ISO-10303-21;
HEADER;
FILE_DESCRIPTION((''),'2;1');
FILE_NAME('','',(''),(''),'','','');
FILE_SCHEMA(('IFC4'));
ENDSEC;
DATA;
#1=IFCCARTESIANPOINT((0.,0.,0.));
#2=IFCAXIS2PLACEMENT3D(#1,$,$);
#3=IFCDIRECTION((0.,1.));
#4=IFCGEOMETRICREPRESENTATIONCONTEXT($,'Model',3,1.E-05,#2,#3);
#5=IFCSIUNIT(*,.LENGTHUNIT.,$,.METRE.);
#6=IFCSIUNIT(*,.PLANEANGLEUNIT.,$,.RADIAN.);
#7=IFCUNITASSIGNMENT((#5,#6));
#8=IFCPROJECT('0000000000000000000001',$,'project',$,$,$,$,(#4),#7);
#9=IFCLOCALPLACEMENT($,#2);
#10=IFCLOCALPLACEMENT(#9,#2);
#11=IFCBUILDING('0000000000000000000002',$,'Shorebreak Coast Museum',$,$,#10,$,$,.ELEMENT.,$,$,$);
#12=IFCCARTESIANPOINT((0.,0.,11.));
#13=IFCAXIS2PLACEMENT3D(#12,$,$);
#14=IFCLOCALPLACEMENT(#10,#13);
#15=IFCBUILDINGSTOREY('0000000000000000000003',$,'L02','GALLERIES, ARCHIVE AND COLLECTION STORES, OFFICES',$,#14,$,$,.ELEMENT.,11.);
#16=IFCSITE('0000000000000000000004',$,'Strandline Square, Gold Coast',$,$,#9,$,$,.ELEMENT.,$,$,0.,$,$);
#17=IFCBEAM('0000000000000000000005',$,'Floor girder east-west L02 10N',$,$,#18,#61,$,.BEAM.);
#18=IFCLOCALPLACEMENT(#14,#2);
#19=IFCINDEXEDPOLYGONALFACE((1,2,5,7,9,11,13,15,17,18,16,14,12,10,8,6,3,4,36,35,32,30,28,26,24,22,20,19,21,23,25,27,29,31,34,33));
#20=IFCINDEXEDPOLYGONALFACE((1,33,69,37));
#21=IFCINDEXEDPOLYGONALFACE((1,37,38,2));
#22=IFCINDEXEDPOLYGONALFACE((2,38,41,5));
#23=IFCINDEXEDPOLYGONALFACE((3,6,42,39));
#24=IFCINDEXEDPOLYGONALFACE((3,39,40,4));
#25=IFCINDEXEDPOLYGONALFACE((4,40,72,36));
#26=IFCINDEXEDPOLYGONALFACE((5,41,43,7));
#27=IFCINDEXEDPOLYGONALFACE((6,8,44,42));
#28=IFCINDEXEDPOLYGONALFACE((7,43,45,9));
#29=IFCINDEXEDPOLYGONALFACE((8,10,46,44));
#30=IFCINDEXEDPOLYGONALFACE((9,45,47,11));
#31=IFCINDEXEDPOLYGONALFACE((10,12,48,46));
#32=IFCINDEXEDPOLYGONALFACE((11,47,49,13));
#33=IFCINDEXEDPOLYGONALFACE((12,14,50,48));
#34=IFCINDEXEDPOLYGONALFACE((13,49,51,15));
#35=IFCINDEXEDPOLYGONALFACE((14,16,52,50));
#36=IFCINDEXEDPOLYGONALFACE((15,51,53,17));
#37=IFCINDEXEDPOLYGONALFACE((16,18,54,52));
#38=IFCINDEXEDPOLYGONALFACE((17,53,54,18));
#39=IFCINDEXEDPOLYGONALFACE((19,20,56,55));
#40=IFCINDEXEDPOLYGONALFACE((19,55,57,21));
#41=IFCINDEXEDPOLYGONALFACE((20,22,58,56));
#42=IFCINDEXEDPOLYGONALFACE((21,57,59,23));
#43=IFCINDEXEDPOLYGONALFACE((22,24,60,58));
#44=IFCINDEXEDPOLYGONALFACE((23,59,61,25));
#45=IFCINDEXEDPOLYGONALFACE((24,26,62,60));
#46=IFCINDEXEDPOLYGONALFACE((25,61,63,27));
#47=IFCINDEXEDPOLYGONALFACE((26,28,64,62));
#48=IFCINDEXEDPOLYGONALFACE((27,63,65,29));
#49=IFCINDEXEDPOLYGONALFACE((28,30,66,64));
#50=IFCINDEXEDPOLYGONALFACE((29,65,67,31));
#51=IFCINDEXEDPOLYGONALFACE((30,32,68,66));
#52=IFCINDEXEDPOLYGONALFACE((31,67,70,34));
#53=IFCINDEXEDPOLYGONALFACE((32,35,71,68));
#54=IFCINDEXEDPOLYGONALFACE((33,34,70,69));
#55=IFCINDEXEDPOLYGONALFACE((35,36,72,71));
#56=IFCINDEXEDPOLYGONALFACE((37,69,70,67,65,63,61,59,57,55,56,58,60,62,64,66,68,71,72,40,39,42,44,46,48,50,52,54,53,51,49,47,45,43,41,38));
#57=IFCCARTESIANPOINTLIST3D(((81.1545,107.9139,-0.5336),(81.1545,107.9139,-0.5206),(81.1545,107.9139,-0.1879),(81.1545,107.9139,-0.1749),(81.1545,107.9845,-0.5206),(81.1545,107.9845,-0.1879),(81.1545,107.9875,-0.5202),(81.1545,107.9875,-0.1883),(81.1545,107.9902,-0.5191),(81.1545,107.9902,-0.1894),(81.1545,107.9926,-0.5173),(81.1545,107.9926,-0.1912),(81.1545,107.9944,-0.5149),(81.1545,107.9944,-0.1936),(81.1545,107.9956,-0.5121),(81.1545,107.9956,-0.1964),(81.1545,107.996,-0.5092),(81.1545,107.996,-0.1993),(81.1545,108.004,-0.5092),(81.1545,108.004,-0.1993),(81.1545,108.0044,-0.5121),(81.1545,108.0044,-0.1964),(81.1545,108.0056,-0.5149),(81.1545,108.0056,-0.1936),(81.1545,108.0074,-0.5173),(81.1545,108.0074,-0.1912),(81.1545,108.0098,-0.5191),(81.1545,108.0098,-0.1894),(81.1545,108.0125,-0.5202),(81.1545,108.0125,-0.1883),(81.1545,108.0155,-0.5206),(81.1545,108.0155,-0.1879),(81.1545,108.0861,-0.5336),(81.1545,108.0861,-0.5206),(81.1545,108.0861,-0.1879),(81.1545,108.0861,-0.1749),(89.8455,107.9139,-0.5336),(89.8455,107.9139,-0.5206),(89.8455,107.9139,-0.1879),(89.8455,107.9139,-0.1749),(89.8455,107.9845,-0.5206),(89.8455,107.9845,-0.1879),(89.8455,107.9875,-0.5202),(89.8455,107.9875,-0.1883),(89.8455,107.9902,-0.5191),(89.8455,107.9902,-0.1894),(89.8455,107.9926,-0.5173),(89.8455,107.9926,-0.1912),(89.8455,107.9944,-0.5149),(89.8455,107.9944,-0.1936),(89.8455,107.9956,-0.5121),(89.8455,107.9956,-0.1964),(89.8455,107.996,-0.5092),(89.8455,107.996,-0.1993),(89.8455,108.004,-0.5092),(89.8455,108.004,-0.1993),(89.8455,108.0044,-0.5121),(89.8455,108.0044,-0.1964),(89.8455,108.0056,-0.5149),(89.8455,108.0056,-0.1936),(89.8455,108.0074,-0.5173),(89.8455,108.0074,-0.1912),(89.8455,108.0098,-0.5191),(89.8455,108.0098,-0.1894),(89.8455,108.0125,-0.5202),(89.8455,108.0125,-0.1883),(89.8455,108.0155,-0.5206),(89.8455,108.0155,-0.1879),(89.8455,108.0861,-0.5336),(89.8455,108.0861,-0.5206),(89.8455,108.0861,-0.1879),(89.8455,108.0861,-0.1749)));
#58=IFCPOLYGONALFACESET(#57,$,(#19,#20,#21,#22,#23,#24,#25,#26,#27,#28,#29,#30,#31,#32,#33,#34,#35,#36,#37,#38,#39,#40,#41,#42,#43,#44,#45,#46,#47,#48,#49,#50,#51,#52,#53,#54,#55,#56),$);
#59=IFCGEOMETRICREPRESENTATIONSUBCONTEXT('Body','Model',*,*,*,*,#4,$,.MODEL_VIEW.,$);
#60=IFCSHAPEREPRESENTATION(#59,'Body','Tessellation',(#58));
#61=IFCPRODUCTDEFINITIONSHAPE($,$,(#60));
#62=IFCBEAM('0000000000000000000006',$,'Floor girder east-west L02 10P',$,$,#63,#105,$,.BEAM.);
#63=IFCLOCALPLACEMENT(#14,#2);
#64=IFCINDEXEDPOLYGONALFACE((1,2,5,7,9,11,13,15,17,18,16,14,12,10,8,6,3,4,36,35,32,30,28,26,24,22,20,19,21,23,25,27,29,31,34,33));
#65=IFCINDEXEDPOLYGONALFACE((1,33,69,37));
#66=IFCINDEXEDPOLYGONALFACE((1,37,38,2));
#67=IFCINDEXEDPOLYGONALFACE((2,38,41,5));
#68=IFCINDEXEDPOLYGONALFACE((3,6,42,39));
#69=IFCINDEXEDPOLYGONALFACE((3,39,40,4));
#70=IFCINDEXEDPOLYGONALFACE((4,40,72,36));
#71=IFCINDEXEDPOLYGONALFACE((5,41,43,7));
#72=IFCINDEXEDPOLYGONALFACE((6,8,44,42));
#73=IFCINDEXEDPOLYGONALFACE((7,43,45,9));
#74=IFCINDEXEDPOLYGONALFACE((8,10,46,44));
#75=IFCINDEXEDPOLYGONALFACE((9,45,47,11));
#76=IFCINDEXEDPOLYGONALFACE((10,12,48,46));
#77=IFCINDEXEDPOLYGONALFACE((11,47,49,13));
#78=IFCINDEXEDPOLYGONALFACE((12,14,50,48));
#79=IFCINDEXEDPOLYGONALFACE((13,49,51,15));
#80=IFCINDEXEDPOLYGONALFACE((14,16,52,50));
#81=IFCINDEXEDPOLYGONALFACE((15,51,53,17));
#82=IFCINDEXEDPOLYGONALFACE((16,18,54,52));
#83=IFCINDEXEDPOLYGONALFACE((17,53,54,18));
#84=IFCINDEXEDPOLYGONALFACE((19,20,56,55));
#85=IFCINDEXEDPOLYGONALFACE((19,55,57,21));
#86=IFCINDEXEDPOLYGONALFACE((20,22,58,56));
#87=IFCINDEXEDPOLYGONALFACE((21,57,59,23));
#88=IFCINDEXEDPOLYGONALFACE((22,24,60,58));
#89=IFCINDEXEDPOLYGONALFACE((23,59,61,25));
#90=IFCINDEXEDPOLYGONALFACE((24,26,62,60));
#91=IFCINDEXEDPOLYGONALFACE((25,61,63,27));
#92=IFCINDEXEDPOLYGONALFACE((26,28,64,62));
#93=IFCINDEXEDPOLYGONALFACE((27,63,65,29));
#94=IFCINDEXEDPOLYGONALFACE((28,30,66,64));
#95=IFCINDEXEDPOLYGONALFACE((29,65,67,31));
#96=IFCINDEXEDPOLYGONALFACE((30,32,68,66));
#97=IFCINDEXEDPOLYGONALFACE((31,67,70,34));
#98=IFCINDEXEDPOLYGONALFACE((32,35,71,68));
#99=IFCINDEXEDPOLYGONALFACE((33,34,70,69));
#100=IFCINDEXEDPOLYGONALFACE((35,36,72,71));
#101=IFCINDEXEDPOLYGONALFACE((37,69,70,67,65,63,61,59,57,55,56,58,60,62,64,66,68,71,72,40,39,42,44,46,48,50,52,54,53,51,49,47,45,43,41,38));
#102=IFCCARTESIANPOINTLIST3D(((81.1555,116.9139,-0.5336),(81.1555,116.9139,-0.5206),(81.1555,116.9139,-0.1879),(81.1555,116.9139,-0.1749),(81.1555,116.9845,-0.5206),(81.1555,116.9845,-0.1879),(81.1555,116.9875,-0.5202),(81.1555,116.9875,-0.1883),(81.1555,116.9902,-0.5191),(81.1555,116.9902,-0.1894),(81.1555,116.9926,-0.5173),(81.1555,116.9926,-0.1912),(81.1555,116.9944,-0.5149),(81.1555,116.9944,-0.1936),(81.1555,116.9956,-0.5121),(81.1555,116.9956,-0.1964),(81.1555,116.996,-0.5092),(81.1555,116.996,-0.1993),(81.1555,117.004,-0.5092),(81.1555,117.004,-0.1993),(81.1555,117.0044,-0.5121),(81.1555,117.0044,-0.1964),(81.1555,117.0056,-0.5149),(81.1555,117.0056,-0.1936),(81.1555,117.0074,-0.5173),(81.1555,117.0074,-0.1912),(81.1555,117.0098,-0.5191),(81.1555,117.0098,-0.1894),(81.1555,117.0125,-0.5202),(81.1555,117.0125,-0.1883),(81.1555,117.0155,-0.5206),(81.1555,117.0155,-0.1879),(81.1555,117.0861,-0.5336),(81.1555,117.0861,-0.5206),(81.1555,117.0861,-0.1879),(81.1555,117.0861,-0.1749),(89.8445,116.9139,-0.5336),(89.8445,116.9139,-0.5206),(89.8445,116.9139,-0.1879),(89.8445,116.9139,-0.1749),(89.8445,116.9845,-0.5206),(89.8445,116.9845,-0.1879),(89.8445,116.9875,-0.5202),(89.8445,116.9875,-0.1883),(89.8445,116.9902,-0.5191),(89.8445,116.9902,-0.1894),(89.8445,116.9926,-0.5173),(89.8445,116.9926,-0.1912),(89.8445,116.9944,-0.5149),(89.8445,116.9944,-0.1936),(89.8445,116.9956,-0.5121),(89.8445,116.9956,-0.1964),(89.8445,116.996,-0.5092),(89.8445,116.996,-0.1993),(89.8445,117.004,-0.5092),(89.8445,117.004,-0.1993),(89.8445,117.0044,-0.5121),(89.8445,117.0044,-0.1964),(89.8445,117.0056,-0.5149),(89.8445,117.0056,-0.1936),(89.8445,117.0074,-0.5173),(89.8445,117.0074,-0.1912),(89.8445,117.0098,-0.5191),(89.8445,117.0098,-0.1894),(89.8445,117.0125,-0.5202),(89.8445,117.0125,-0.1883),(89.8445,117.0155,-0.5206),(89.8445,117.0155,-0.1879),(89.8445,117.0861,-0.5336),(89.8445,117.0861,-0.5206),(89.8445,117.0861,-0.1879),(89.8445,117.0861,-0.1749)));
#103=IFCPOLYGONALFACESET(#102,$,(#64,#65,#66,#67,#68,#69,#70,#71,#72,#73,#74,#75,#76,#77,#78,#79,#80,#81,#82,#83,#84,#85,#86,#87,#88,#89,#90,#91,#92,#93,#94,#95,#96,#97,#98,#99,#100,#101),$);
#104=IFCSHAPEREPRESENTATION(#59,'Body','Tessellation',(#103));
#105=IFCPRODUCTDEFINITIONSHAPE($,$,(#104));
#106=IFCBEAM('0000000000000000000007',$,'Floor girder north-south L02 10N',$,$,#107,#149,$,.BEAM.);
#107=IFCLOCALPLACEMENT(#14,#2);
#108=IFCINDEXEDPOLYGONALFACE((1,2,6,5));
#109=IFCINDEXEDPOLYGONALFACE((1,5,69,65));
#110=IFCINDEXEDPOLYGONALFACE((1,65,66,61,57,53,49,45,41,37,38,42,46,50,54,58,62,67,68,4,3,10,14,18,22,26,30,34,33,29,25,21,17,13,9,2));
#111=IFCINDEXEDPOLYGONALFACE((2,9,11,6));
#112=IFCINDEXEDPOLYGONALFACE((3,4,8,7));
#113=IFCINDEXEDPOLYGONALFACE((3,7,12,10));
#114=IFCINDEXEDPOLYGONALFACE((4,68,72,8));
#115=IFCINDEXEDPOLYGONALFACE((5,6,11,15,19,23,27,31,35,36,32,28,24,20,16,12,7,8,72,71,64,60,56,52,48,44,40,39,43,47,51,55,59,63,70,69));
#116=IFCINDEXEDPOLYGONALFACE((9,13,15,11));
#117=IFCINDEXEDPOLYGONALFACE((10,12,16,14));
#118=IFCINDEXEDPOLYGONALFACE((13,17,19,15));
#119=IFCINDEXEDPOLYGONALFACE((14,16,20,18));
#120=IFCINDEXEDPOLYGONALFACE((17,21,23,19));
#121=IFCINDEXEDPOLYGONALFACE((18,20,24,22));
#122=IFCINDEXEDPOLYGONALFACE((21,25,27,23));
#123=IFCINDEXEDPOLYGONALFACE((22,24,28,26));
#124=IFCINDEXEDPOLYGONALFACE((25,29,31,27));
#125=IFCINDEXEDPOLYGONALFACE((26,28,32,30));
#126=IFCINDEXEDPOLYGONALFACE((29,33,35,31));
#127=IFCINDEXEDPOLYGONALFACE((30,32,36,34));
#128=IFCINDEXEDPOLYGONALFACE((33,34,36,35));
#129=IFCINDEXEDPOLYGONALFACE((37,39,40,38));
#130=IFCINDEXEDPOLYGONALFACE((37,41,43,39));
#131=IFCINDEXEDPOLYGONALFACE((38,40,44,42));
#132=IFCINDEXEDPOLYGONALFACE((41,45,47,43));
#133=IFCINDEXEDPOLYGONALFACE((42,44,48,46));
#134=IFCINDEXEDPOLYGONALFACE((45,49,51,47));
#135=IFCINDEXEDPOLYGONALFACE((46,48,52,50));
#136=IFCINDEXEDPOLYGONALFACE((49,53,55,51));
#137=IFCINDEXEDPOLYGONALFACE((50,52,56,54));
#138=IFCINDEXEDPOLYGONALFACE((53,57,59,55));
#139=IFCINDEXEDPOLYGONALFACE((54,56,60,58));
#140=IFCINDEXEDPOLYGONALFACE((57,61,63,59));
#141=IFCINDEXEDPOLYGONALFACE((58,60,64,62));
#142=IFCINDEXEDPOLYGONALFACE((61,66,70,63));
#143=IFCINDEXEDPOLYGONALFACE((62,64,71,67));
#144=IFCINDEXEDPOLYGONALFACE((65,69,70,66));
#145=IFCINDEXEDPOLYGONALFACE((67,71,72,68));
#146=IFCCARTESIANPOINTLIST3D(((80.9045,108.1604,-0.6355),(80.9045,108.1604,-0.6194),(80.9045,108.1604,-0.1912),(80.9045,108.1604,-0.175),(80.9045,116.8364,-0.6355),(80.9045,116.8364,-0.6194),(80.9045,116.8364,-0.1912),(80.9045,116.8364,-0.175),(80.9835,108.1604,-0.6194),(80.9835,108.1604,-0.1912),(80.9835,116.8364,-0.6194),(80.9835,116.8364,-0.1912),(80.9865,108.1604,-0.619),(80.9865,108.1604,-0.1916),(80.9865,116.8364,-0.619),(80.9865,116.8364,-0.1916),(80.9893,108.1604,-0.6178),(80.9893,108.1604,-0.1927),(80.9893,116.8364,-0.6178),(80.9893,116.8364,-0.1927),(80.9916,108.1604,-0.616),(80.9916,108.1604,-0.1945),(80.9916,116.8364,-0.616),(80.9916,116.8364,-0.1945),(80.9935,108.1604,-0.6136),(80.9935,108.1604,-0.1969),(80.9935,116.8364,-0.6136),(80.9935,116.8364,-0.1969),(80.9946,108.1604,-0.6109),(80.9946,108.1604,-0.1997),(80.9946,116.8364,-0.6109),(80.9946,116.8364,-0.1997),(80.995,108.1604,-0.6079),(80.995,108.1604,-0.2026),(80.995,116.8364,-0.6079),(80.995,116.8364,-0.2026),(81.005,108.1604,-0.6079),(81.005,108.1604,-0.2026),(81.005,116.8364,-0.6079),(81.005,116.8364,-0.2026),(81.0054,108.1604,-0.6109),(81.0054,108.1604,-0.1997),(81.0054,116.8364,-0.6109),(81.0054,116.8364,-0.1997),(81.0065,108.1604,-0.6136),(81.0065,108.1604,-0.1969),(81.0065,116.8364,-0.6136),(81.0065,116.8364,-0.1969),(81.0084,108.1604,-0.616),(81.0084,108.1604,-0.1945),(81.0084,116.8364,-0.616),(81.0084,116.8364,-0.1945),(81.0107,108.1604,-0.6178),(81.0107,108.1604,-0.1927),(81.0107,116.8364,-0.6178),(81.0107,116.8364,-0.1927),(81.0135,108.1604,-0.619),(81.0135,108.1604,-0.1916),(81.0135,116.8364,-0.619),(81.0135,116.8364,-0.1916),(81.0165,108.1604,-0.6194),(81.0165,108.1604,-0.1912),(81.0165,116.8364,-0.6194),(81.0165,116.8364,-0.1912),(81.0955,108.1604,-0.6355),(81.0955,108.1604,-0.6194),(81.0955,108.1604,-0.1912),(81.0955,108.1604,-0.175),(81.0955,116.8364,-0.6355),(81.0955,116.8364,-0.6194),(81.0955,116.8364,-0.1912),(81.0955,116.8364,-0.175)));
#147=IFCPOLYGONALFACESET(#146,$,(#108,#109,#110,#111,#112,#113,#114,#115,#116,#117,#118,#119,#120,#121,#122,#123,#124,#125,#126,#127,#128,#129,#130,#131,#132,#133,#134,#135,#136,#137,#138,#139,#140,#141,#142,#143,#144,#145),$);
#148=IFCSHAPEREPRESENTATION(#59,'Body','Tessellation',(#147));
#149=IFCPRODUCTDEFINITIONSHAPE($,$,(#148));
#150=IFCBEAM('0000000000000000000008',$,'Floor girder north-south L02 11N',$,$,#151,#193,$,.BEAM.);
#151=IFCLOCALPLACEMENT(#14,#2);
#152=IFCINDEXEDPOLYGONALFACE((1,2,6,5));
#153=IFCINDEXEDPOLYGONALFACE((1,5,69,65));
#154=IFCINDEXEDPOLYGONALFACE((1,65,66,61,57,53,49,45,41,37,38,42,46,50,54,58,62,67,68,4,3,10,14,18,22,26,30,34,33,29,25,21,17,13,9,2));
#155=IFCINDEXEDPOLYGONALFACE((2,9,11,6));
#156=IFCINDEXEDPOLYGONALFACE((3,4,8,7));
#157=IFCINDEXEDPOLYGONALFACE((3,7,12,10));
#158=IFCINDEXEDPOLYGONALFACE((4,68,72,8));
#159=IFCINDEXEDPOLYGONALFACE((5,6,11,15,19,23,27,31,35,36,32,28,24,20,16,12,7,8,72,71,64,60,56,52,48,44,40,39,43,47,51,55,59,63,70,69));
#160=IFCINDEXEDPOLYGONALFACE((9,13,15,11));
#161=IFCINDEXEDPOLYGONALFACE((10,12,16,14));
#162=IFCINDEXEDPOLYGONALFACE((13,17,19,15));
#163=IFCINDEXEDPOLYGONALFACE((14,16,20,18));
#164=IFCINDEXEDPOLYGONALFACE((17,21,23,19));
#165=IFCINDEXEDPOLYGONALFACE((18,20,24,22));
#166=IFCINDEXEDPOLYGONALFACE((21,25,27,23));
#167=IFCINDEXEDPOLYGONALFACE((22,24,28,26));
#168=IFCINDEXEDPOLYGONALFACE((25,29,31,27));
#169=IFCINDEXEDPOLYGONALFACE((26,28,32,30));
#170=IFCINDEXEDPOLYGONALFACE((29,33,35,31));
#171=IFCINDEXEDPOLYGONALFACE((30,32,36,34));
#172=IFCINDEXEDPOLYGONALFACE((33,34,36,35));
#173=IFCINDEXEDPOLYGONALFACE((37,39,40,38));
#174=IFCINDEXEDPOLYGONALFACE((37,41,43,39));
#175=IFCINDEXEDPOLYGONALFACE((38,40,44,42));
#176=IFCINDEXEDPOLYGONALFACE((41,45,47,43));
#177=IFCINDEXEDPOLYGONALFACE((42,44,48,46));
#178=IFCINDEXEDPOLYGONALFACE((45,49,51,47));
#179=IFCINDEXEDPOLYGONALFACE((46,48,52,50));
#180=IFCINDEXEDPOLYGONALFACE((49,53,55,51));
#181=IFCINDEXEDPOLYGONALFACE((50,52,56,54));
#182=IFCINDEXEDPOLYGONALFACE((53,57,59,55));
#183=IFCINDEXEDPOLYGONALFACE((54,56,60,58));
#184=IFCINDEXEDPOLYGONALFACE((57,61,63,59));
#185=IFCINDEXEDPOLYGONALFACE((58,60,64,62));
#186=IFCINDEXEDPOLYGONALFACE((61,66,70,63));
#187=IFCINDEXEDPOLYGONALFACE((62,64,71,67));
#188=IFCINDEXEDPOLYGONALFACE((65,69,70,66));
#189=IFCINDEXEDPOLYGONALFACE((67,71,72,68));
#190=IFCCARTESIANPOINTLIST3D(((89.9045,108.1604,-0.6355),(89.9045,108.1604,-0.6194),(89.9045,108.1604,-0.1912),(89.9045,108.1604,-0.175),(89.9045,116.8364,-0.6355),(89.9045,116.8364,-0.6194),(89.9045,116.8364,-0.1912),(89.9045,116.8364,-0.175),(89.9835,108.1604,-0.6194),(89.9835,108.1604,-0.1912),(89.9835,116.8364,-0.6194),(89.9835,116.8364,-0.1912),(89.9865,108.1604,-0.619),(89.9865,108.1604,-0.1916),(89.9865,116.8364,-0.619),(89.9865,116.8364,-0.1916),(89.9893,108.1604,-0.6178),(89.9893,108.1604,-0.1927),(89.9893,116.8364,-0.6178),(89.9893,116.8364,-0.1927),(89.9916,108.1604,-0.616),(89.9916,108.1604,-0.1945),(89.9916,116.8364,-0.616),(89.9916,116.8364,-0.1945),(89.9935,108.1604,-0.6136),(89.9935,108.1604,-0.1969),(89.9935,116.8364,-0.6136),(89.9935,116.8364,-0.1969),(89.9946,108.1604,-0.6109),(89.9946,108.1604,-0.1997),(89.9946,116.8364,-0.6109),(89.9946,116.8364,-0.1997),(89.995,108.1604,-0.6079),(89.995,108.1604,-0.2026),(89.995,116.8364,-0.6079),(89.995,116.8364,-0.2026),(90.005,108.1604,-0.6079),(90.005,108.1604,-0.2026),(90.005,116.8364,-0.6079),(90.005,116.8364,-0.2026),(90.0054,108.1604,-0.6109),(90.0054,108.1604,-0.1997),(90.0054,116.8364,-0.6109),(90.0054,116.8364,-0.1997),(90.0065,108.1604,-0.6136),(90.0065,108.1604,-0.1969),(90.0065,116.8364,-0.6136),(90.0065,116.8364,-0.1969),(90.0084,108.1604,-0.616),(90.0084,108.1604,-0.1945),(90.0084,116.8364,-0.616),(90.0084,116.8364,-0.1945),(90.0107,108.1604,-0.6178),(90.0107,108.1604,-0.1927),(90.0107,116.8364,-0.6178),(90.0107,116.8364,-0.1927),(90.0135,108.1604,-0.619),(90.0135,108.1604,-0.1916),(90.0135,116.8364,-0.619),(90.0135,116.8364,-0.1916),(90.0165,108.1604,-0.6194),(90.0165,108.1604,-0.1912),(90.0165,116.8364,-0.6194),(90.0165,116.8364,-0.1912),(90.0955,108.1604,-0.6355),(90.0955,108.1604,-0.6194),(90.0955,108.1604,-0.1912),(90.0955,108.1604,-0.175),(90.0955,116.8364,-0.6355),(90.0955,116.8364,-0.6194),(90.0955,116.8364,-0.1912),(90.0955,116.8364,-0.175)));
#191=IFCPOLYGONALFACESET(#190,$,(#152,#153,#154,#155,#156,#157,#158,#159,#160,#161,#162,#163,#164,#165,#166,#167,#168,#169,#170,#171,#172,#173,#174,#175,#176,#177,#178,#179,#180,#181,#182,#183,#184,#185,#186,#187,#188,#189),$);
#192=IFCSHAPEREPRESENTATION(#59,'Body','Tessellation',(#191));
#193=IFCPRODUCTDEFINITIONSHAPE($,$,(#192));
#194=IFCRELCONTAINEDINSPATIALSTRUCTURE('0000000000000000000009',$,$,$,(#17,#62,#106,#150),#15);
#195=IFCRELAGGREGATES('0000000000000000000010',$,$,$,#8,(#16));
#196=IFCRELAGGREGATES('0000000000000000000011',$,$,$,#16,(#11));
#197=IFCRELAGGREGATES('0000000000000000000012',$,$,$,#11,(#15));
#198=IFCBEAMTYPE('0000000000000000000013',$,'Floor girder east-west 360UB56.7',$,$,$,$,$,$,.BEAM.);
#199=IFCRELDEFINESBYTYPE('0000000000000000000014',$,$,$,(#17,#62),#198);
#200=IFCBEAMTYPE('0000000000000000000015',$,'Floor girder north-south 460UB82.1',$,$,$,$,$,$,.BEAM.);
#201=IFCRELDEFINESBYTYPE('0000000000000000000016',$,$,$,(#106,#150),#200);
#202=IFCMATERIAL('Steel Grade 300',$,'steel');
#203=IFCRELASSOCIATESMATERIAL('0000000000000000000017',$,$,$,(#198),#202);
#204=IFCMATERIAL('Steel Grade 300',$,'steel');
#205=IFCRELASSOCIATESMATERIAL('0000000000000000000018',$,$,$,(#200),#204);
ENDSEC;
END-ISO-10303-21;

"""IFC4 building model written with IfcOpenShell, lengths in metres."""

from ifc_helpers import new_model, si_unit, direction, frame, origin, origin_2d, place, context, subcontext, project, spatial, i_section, extrude, material, material_profile, profile_set, type_object, element, save


model = new_model("IFC4")

# Units and contexts
model_context = context("Model", 3, precision=1e-05, world=origin(), true_north=direction((0.0, 1.0)))
body_context = subcontext(model_context, "Body", "Model", "MODEL_VIEW")
ifc_project = project(units=[si_unit("LENGTHUNIT", "METRE"), si_unit("PLANEANGLEUNIT", "RADIAN")], contexts=[model_context])

# Site, building, storey
site_placement = place(None, origin())
site = spatial("IfcSite", under=ifc_project, at=site_placement, Name="Strandline Square, Gold Coast", CompositionType="ELEMENT", RefElevation=0.0)
building_placement = place(site_placement, origin())
building = spatial("IfcBuilding", under=site, at=building_placement, Name="Shorebreak Coast Museum", CompositionType="ELEMENT")
storey_placement = place(building_placement, frame((0.0, 0.0, 11.0)))
storey = spatial("IfcBuildingStorey", under=building, at=storey_placement, Name="L02", Description="GALLERIES, ARCHIVE AND COLLECTION STORES, OFFICES", CompositionType="ELEMENT", Elevation=11.0)

# Beams
ifc_material_1 = material(Name="Steel Grade 300", Category="steel")
ifc_material_profile_1 = material_profile(ifc_material_1, i_section(OverallWidth=0.1721, OverallDepth=0.3586, WebThickness=0.0081, FlangeThickness=0.0129, FilletRadius=0.0115, at=origin_2d()), Name="360UB56.7")
ifc_profile_set_1 = profile_set([ifc_material_profile_1], Name="Steel Grade 300")
beam_type_1 = type_object("IfcBeamType", Name="Floor girder east-west 360UB56.7", PredefinedType="BEAM", material=ifc_profile_set_1)
beam_1_placement = place(storey_placement, frame((81.1545, 108.0, -0.3542), z_axis=(1.0, 0.0, 0.0), x_axis=(0.0, 1.0, 0.0)))
element("IfcBeam", 1, at=beam_1_placement, inside=storey, type_object=beam_type_1, Name="Floor girder east-west L02 10N", PredefinedType="BEAM", context=body_context, shape_type="SweptSolid", body=[
    extrude(i_section(OverallWidth=0.1721, OverallDepth=0.3586, WebThickness=0.0081, FlangeThickness=0.0129, FilletRadius=0.0115, at=origin_2d()), origin(), (0.0, 0.0, 1.0), 8.6909),
])
beam_2_placement = place(storey_placement, frame((81.1555, 117.0, -0.3542), z_axis=(1.0, 0.0, 0.0), x_axis=(0.0, 1.0, 0.0)))
element("IfcBeam", 2, at=beam_2_placement, inside=storey, type_object=beam_type_1, Name="Floor girder east-west L02 10P", PredefinedType="BEAM", context=body_context, shape_type="SweptSolid", body=[
    extrude(i_section(OverallWidth=0.1721, OverallDepth=0.3586, WebThickness=0.0081, FlangeThickness=0.0129, FilletRadius=0.0115, at=origin_2d()), origin(), (0.0, 0.0, 1.0), 8.689),
])
ifc_material_2 = material(Name="Steel Grade 300", Category="steel")
ifc_material_profile_2 = material_profile(ifc_material_2, i_section(OverallWidth=0.1909, OverallDepth=0.4604, WebThickness=0.01, FlangeThickness=0.0161, FilletRadius=0.0115, at=origin_2d()), Name="460UB82.1")
ifc_profile_set_2 = profile_set([ifc_material_profile_2], Name="Steel Grade 300")
beam_type_2 = type_object("IfcBeamType", Name="Floor girder north-south 460UB82.1", PredefinedType="BEAM", material=ifc_profile_set_2)
for number, where, z_axis, x_axis, name in (
    (3, (81.0, 108.1604, -0.4053), (0.0, 1.0, 0.0), (-1.0, 0.0, 0.0), "Floor girder north-south L02 10N"),
    (4, (90.0, 108.1604, -0.4053), (0.0, 1.0, 0.0), (-1.0, 0.0, 0.0), "Floor girder north-south L02 11N"),
):
    element("IfcBeam", number, at=place(storey_placement, frame(where, z_axis=z_axis, x_axis=x_axis)), inside=storey, type_object=beam_type_2, Name=name, PredefinedType="BEAM", context=body_context, shape_type="SweptSolid", body=[
        extrude(i_section(OverallWidth=0.1909, OverallDepth=0.4604, WebThickness=0.01, FlangeThickness=0.0161, FilletRadius=0.0115, at=origin_2d()), origin(), (0.0, 0.0, 1.0), 8.676),
    ])

save(model, "model.ifc")
